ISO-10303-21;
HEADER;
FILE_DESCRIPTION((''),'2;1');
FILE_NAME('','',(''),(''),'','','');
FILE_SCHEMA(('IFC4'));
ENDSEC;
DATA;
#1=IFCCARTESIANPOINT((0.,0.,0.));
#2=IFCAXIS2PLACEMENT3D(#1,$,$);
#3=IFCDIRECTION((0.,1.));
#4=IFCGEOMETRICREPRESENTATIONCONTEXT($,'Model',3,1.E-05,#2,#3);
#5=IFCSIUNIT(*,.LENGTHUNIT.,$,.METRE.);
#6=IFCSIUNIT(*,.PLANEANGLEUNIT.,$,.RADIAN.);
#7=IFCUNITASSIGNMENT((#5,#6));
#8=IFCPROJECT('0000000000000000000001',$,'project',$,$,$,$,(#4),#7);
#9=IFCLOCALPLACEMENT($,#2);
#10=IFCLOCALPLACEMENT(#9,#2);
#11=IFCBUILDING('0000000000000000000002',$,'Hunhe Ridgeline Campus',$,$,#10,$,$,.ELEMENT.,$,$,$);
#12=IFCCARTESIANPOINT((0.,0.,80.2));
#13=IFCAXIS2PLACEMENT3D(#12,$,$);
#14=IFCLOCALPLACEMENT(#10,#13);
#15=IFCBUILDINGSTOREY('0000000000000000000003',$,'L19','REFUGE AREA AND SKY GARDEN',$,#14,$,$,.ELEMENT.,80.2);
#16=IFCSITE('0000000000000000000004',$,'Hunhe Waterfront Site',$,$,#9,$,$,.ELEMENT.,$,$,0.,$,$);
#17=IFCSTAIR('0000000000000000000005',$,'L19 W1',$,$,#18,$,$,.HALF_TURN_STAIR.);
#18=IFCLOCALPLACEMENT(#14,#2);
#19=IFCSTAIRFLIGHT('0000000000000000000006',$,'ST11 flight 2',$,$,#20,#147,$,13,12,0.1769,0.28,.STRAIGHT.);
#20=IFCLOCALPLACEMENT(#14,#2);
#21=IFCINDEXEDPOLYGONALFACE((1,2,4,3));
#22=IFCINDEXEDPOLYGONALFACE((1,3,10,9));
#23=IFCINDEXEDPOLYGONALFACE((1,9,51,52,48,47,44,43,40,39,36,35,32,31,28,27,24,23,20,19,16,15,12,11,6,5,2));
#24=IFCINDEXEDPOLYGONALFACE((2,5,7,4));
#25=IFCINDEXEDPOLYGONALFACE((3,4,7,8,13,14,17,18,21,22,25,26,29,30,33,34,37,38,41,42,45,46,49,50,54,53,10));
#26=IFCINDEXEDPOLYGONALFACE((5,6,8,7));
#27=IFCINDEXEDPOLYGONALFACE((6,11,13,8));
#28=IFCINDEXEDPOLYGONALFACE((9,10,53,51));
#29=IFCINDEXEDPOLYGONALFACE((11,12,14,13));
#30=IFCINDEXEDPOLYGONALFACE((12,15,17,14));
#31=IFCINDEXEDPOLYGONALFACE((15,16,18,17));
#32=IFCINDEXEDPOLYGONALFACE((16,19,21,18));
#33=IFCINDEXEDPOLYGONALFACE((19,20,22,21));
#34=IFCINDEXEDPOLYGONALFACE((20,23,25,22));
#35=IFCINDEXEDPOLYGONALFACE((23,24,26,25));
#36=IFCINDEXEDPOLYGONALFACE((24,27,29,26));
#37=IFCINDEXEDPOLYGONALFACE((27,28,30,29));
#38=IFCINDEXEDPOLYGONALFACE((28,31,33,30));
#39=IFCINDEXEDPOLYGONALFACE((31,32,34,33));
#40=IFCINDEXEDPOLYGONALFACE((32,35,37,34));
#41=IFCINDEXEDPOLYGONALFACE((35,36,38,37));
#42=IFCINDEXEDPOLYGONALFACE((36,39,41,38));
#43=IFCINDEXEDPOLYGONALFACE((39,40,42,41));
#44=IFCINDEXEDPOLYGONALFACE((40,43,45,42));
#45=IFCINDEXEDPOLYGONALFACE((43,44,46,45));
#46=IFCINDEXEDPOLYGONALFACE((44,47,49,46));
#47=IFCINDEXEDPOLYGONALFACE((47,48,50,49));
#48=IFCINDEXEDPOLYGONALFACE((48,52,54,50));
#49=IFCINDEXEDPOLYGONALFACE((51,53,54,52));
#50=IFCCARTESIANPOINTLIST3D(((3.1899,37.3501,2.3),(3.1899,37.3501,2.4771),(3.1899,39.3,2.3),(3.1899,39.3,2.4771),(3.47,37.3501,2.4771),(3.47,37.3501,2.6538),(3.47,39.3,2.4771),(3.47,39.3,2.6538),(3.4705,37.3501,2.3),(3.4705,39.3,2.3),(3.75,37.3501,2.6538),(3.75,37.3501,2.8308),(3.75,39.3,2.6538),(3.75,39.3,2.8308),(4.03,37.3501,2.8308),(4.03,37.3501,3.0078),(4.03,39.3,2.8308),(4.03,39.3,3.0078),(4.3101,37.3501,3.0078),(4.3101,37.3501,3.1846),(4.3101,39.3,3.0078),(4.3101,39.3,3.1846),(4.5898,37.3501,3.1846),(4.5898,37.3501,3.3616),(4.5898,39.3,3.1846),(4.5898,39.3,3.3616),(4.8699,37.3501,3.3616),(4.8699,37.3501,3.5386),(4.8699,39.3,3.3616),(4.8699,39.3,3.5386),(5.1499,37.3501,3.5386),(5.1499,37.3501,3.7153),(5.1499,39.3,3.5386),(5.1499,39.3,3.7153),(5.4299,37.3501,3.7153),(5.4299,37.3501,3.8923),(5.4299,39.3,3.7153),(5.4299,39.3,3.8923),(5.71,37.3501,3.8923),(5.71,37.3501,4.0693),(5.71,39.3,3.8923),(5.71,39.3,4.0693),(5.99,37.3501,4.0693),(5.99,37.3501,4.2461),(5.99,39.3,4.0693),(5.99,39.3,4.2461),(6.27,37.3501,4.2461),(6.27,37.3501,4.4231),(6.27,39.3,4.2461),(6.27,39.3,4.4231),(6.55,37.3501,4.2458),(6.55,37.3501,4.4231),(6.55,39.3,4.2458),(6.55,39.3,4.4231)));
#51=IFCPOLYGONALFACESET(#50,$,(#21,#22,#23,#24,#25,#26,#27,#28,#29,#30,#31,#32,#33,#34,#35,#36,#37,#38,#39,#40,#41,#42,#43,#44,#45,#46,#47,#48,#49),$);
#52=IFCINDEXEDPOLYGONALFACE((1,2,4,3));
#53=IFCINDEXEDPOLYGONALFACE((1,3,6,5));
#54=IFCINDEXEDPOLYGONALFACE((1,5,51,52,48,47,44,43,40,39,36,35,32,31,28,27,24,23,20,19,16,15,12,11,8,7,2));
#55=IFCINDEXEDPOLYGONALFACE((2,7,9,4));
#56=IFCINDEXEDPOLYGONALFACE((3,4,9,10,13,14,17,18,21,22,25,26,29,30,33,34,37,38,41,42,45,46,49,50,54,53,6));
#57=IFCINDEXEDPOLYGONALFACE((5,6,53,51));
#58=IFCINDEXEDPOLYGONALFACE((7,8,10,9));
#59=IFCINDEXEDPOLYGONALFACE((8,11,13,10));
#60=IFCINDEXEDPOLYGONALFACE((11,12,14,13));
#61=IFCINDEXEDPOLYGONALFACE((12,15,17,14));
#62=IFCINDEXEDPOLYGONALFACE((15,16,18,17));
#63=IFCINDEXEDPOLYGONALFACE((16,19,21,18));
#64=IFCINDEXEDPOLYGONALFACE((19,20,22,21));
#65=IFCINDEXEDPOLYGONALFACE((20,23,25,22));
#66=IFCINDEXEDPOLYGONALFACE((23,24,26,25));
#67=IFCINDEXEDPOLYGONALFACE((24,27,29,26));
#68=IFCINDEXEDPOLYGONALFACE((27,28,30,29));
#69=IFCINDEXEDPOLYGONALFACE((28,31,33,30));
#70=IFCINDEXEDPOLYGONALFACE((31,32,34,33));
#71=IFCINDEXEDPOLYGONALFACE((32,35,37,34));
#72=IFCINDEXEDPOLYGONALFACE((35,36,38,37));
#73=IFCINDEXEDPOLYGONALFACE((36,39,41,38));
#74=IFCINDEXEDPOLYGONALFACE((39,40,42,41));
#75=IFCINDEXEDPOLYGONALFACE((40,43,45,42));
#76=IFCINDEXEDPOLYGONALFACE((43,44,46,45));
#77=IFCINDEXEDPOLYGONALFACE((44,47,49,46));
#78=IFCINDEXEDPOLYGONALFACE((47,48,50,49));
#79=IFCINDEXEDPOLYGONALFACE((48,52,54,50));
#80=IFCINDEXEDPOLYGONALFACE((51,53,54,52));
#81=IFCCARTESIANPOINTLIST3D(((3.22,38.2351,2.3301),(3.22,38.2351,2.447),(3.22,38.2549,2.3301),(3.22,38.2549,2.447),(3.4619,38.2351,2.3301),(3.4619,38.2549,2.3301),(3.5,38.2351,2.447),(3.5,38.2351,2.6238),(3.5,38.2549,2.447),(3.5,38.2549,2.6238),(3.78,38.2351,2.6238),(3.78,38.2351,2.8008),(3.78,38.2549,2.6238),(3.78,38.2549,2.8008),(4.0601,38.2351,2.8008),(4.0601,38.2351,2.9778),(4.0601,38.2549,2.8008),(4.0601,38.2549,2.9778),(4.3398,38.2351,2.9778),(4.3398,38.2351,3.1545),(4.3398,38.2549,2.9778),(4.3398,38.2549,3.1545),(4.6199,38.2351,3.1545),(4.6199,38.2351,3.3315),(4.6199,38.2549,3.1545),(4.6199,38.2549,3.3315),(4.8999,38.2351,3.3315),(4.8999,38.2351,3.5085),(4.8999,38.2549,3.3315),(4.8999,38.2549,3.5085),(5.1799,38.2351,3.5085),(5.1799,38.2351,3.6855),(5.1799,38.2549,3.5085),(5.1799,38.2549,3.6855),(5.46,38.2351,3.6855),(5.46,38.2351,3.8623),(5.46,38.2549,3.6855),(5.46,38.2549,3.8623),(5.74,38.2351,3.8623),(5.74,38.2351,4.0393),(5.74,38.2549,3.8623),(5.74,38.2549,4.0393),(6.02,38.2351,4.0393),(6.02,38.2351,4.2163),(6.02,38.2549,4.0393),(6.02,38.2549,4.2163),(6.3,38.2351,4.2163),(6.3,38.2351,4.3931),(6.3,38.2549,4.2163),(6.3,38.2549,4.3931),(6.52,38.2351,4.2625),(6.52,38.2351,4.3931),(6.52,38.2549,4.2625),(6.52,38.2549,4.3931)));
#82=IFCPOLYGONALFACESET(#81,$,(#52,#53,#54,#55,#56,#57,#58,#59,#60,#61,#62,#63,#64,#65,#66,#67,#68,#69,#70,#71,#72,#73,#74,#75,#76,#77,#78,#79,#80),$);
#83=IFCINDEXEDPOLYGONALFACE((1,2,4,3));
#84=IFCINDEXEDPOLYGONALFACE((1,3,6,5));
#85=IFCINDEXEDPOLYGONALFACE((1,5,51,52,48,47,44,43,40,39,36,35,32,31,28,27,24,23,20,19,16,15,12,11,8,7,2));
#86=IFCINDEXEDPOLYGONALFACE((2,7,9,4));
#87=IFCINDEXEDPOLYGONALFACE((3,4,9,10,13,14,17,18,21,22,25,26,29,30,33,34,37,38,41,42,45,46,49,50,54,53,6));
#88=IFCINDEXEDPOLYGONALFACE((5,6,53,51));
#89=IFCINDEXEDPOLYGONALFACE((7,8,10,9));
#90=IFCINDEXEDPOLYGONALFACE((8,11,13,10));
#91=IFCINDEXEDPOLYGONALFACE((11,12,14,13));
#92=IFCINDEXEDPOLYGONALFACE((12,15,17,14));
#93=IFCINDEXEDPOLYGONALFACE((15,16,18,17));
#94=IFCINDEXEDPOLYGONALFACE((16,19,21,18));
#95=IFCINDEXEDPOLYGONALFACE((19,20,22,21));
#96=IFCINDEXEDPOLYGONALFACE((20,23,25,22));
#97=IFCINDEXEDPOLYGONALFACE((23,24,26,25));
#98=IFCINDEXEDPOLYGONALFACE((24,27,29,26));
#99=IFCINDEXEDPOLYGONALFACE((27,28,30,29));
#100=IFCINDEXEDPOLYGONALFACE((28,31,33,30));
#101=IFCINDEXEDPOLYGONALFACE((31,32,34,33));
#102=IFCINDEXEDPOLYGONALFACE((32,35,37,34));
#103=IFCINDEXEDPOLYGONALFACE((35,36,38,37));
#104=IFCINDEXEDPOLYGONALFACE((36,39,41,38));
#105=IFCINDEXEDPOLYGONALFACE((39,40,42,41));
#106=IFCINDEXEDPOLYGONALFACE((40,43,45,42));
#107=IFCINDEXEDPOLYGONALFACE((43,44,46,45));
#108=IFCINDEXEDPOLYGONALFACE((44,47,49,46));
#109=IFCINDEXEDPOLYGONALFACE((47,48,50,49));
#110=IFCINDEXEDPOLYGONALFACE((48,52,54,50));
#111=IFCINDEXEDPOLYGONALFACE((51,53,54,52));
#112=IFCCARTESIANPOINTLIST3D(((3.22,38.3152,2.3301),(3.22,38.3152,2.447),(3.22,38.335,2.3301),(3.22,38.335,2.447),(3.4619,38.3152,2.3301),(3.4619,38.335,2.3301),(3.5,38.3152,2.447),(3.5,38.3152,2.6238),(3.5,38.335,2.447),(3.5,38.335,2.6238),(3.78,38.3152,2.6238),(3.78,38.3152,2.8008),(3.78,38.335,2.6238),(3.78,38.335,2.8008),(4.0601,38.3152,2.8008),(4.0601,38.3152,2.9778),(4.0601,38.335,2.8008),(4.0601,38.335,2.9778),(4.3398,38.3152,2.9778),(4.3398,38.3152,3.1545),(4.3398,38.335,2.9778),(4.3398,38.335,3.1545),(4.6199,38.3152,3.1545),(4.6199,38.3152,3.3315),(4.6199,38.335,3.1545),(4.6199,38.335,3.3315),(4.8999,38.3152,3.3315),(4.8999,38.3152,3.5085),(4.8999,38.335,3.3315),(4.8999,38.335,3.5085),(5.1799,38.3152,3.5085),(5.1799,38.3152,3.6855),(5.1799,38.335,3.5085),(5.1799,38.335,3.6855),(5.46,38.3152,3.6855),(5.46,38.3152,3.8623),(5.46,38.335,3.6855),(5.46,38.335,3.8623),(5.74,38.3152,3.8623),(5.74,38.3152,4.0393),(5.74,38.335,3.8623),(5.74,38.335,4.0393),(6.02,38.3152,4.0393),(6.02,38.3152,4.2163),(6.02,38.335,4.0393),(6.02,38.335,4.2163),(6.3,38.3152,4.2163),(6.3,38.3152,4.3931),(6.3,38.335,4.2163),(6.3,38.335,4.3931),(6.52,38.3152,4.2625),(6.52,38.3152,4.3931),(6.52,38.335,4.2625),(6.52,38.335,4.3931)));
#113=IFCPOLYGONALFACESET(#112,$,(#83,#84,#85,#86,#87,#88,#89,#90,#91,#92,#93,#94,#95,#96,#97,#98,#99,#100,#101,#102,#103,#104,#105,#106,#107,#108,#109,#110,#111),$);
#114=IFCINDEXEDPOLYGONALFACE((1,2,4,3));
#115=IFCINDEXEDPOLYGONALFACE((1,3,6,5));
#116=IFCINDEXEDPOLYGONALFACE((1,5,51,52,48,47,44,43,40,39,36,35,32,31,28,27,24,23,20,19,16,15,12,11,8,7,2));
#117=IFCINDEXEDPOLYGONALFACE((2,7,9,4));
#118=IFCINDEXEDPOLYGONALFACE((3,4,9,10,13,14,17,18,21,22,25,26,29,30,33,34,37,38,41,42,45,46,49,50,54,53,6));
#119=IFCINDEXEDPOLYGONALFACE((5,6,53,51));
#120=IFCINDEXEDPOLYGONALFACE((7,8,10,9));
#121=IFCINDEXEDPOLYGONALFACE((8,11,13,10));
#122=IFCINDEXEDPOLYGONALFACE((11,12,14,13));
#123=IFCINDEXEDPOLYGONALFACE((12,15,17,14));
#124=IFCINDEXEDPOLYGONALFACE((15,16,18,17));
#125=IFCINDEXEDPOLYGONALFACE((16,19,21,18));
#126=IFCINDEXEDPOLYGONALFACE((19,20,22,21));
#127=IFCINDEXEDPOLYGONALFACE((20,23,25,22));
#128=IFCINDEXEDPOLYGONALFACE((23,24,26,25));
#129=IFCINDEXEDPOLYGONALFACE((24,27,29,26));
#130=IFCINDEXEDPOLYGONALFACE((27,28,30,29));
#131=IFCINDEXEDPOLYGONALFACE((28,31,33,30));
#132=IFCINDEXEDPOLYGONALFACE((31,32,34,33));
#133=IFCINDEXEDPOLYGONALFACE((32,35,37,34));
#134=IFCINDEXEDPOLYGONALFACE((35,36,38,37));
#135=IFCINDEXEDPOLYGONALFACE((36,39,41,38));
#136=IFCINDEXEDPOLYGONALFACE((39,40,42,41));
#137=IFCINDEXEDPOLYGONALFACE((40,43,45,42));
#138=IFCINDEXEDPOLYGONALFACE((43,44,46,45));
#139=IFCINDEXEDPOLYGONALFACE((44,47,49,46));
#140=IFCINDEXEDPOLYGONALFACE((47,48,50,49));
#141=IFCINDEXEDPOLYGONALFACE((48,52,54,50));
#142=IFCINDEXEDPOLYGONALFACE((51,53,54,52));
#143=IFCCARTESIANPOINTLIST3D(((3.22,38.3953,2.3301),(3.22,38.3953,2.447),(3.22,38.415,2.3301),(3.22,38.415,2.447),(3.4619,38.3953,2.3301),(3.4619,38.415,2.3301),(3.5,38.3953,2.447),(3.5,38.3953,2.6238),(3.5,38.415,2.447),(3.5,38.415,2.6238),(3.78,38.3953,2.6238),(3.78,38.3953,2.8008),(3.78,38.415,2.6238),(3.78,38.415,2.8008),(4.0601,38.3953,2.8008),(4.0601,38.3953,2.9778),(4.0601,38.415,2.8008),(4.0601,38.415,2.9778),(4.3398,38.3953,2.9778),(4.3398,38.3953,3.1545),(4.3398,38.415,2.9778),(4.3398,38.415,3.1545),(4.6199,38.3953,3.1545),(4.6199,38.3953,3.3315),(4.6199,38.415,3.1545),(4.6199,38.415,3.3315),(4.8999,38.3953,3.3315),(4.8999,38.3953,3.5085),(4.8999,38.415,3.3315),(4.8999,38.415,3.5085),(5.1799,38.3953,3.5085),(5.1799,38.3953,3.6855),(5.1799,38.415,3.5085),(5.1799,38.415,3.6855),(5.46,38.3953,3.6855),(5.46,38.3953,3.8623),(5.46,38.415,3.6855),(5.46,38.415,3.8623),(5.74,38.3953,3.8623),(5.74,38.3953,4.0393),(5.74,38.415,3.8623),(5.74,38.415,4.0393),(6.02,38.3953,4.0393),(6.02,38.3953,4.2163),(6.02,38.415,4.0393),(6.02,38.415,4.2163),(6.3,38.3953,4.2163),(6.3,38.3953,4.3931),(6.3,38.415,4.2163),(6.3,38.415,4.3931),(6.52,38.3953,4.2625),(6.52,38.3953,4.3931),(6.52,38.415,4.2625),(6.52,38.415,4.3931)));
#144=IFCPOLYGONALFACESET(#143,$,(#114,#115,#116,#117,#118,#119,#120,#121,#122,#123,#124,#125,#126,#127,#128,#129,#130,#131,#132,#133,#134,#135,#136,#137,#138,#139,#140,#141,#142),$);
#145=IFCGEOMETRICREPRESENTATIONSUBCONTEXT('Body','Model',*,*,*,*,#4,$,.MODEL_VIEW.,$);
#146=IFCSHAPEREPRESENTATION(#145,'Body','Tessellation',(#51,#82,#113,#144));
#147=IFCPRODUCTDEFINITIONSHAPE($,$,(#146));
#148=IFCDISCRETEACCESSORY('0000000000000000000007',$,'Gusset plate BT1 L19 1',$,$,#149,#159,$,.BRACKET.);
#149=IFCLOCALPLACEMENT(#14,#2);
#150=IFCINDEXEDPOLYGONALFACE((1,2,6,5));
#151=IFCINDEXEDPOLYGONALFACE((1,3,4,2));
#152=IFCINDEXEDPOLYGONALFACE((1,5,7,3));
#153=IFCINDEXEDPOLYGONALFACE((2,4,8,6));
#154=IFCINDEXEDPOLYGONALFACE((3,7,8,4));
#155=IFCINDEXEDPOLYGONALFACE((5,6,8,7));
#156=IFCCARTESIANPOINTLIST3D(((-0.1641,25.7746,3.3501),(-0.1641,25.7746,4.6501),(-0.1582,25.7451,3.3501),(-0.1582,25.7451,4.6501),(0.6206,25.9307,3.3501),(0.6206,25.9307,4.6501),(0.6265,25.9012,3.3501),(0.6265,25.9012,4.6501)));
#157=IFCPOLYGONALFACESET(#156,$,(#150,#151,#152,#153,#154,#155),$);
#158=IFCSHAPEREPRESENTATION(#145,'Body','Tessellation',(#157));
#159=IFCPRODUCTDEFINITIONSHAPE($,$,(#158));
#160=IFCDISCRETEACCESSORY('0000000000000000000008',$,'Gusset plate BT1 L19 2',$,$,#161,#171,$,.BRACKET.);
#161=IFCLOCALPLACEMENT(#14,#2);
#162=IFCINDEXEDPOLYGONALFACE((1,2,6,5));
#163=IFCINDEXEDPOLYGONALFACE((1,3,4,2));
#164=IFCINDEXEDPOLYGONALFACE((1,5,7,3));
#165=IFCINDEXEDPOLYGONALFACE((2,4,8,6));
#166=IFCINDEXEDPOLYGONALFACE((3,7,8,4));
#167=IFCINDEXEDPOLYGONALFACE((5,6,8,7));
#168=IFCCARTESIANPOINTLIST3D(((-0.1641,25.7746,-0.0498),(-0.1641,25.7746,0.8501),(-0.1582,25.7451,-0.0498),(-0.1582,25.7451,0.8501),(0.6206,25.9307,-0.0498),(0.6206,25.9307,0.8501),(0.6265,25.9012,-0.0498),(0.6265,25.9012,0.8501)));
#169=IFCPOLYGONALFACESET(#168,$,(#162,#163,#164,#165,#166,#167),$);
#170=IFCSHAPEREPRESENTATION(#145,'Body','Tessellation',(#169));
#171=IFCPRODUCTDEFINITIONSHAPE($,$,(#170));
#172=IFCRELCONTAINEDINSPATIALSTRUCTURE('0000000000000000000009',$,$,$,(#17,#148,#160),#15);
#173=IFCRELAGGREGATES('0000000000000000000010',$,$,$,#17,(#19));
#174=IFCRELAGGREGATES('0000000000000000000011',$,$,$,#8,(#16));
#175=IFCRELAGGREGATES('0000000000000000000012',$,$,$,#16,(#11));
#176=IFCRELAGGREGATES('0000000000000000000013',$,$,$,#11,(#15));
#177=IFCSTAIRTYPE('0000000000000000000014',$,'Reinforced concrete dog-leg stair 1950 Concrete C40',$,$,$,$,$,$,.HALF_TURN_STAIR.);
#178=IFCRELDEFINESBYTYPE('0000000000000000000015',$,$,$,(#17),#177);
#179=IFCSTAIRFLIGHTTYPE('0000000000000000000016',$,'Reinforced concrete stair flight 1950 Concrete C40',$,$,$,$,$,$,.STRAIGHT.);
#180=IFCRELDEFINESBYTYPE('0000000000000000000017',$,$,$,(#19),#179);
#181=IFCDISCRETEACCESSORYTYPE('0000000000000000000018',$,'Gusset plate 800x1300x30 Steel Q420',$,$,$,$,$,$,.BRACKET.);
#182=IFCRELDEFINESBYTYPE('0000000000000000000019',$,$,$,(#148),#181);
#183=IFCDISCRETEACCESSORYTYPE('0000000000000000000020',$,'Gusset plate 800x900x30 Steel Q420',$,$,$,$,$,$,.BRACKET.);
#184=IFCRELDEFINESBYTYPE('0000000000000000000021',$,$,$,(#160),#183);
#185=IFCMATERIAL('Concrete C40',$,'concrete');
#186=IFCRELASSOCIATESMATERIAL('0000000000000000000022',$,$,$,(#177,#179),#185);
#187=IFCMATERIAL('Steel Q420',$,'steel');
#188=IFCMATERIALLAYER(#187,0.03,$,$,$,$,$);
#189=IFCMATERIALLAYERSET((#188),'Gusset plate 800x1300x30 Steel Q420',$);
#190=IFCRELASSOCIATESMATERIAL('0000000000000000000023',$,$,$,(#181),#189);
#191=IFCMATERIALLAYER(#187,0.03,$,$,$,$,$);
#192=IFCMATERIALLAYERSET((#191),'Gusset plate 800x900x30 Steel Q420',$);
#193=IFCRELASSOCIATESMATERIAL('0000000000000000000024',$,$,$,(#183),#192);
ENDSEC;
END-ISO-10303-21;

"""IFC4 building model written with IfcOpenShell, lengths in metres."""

from ifc_helpers import new_model, si_unit, direction, frame, origin, origin_2d, place, context, subcontext, project, spatial, polyline, rectangle, outline, extrude, material, layer, layer_set, type_object, element, aggregate, save


model = new_model("IFC4")

# Units and contexts
model_context = context("Model", 3, precision=1e-05, world=origin(), true_north=direction((0.0, 1.0)))
body_context = subcontext(model_context, "Body", "Model", "MODEL_VIEW")
ifc_project = project(units=[si_unit("LENGTHUNIT", "METRE"), si_unit("PLANEANGLEUNIT", "RADIAN")], contexts=[model_context])

# Site, building, storey
site_placement = place(None, origin())
site = spatial("IfcSite", under=ifc_project, at=site_placement, Name="Hunhe Waterfront Site", CompositionType="ELEMENT", RefElevation=0.0)
building_placement = place(site_placement, origin())
building = spatial("IfcBuilding", under=site, at=building_placement, Name="Hunhe Ridgeline Campus", CompositionType="ELEMENT")
storey_placement = place(building_placement, frame((0.0, 0.0, 80.2)))
storey = spatial("IfcBuildingStorey", under=building, at=storey_placement, Name="L19", Description="REFUGE AREA AND SKY GARDEN", CompositionType="ELEMENT", Elevation=80.2)

# Shared definitions
ifc_material_1 = material(Name="Steel Q420", Category="steel")

# Stair, stair flight
ifc_material_2 = material(Name="Concrete C40", Category="concrete")
stair_type = type_object("IfcStairType", Name="Reinforced concrete dog-leg stair 1950 Concrete C40", PredefinedType="HALF_TURN_STAIR", material=ifc_material_2)
stair_placement = place(storey_placement, origin())
stair = element("IfcStair", 1, at=stair_placement, inside=storey, type_object=stair_type, Name="L19 W1", PredefinedType="HALF_TURN_STAIR")
stair_flight_type = type_object("IfcStairFlightType", Name="Reinforced concrete stair flight 1950 Concrete C40", PredefinedType="STRAIGHT", material=ifc_material_2)
stair_flight_1_placement = place(storey_placement, frame((3.1899, 38.325, 2.3), z_axis=(0.0, 0.0, 1.0), x_axis=(1.0, 0.0, 0.0)))
stair_flight_1 = element("IfcStairFlight", 2, at=stair_flight_1_placement, type_object=stair_flight_type, Name="ST11 flight 2", NumberOfRisers=13, NumberOfTreads=12, PredefinedType="STRAIGHT", RiserHeight=0.1769, TreadLength=0.28, context=body_context, shape_type="SweptSolid", body=[
    extrude(outline(polyline([(0.0, 0.0), (0.0, 0.177), (0.28, 0.177), (0.28, 0.3538), (0.5601, 0.3538), (0.5601, 0.5308), (0.8401, 0.5308), (0.8401, 0.7078), (1.1201, 0.7078), (1.1201, 0.8845), (1.3999, 0.8845), (1.3999, 1.0615), (1.6799, 1.0615), (1.6799, 1.2385), (1.96, 1.2385), (1.96, 1.4153), (2.24, 1.4153), (2.24, 1.5923), (2.52, 1.5923), (2.52, 1.7693), (2.8, 1.7693), (2.8, 1.946), (3.0801, 1.946), (3.0801, 2.123), (3.3601, 2.123), (3.3601, 2.3), (3.3601, 1.9458), (0.2805, 0.0), (0.0, 0.0)])), frame((0.0, 0.9751, 0.0), z_axis=(0.0, -1.0, 0.0), x_axis=(1.0, 0.0, 0.0)), (0.0, 0.0, 1.0), 1.95),
    extrude(outline(polyline([(0.03, 0.03), (0.03, 0.147), (0.3101, 0.147), (0.3101, 0.3237), (0.5901, 0.3237), (0.5901, 0.5007), (0.8701, 0.5007), (0.8701, 0.6777), (1.1499, 0.6777), (1.1499, 0.8545), (1.4299, 0.8545), (1.4299, 1.0315), (1.71, 1.0315), (1.71, 1.2085), (1.99, 1.2085), (1.99, 1.3855), (2.27, 1.3855), (2.27, 1.5623), (2.55, 1.5623), (2.55, 1.7393), (2.8301, 1.7393), (2.8301, 1.9163), (3.1101, 1.9163), (3.1101, 2.093), (3.3301, 2.093), (3.3301, 1.9624), (0.272, 0.03), (0.03, 0.03)])), frame((0.0, -0.0701, 0.0), z_axis=(0.0, -1.0, 0.0), x_axis=(1.0, 0.0, 0.0)), (0.0, 0.0, 1.0), 0.0198),
    extrude(outline(polyline([(0.03, 0.03), (0.03, 0.147), (0.3101, 0.147), (0.3101, 0.3237), (0.5901, 0.3237), (0.5901, 0.5007), (0.8701, 0.5007), (0.8701, 0.6777), (1.1499, 0.6777), (1.1499, 0.8545), (1.4299, 0.8545), (1.4299, 1.0315), (1.71, 1.0315), (1.71, 1.2085), (1.99, 1.2085), (1.99, 1.3855), (2.27, 1.3855), (2.27, 1.5623), (2.55, 1.5623), (2.55, 1.7393), (2.8301, 1.7393), (2.8301, 1.9163), (3.1101, 1.9163), (3.1101, 2.093), (3.3301, 2.093), (3.3301, 1.9624), (0.272, 0.03), (0.03, 0.03)])), frame((0.0, 0.01, 0.0), z_axis=(0.0, -1.0, 0.0), x_axis=(1.0, 0.0, 0.0)), (0.0, 0.0, 1.0), 0.0198),
    extrude(outline(polyline([(0.03, 0.03), (0.03, 0.147), (0.3101, 0.147), (0.3101, 0.3237), (0.5901, 0.3237), (0.5901, 0.5007), (0.8701, 0.5007), (0.8701, 0.6777), (1.1499, 0.6777), (1.1499, 0.8545), (1.4299, 0.8545), (1.4299, 1.0315), (1.71, 1.0315), (1.71, 1.2085), (1.99, 1.2085), (1.99, 1.3855), (2.27, 1.3855), (2.27, 1.5623), (2.55, 1.5623), (2.55, 1.7393), (2.8301, 1.7393), (2.8301, 1.9163), (3.1101, 1.9163), (3.1101, 2.093), (3.3301, 2.093), (3.3301, 1.9624), (0.272, 0.03), (0.03, 0.03)])), frame((0.0, 0.0901, 0.0), z_axis=(0.0, -1.0, 0.0), x_axis=(1.0, 0.0, 0.0)), (0.0, 0.0, 1.0), 0.0198),
])
aggregate(stair, [stair_flight_1])

# Discrete accessories
ifc_layer_1 = layer(ifc_material_1, 0.03)
ifc_layer_set_1 = layer_set([ifc_layer_1], Name="Gusset plate 800x1300x30 Steel Q420")
discrete_accessory_type_1 = type_object("IfcDiscreteAccessoryType", Name="Gusset plate 800x1300x30 Steel Q420", PredefinedType="BRACKET", material=ifc_layer_set_1)
discrete_accessory_1_placement = place(storey_placement, frame((0.2312, 25.8379, 3.3501), z_axis=(0.0, 0.0, 1.0), x_axis=(-0.19509, 0.980785, 0.0)))
element("IfcDiscreteAccessory", 3, at=discrete_accessory_1_placement, inside=storey, type_object=discrete_accessory_type_1, Name="Gusset plate BT1 L19 1", PredefinedType="BRACKET", context=body_context, shape_type="SweptSolid", body=[
    extrude(rectangle(XDim=0.03, YDim=0.8, at=origin_2d()), origin(), (0.0, 0.0, 1.0), 1.3),
])
ifc_layer_2 = layer(ifc_material_1, 0.03)
ifc_layer_set_2 = layer_set([ifc_layer_2], Name="Gusset plate 800x900x30 Steel Q420")
discrete_accessory_type_2 = type_object("IfcDiscreteAccessoryType", Name="Gusset plate 800x900x30 Steel Q420", PredefinedType="BRACKET", material=ifc_layer_set_2)
discrete_accessory_2_placement = place(storey_placement, frame((0.2312, 25.8379, -0.0498), z_axis=(0.0, 0.0, 1.0), x_axis=(-0.19509, 0.980785, 0.0)))
element("IfcDiscreteAccessory", 4, at=discrete_accessory_2_placement, inside=storey, type_object=discrete_accessory_type_2, Name="Gusset plate BT1 L19 2", PredefinedType="BRACKET", context=body_context, shape_type="SweptSolid", body=[
    extrude(rectangle(XDim=0.03, YDim=0.8, at=origin_2d()), origin(), (0.0, 0.0, 1.0), 0.8999),
])

save(model, "model.ifc")
